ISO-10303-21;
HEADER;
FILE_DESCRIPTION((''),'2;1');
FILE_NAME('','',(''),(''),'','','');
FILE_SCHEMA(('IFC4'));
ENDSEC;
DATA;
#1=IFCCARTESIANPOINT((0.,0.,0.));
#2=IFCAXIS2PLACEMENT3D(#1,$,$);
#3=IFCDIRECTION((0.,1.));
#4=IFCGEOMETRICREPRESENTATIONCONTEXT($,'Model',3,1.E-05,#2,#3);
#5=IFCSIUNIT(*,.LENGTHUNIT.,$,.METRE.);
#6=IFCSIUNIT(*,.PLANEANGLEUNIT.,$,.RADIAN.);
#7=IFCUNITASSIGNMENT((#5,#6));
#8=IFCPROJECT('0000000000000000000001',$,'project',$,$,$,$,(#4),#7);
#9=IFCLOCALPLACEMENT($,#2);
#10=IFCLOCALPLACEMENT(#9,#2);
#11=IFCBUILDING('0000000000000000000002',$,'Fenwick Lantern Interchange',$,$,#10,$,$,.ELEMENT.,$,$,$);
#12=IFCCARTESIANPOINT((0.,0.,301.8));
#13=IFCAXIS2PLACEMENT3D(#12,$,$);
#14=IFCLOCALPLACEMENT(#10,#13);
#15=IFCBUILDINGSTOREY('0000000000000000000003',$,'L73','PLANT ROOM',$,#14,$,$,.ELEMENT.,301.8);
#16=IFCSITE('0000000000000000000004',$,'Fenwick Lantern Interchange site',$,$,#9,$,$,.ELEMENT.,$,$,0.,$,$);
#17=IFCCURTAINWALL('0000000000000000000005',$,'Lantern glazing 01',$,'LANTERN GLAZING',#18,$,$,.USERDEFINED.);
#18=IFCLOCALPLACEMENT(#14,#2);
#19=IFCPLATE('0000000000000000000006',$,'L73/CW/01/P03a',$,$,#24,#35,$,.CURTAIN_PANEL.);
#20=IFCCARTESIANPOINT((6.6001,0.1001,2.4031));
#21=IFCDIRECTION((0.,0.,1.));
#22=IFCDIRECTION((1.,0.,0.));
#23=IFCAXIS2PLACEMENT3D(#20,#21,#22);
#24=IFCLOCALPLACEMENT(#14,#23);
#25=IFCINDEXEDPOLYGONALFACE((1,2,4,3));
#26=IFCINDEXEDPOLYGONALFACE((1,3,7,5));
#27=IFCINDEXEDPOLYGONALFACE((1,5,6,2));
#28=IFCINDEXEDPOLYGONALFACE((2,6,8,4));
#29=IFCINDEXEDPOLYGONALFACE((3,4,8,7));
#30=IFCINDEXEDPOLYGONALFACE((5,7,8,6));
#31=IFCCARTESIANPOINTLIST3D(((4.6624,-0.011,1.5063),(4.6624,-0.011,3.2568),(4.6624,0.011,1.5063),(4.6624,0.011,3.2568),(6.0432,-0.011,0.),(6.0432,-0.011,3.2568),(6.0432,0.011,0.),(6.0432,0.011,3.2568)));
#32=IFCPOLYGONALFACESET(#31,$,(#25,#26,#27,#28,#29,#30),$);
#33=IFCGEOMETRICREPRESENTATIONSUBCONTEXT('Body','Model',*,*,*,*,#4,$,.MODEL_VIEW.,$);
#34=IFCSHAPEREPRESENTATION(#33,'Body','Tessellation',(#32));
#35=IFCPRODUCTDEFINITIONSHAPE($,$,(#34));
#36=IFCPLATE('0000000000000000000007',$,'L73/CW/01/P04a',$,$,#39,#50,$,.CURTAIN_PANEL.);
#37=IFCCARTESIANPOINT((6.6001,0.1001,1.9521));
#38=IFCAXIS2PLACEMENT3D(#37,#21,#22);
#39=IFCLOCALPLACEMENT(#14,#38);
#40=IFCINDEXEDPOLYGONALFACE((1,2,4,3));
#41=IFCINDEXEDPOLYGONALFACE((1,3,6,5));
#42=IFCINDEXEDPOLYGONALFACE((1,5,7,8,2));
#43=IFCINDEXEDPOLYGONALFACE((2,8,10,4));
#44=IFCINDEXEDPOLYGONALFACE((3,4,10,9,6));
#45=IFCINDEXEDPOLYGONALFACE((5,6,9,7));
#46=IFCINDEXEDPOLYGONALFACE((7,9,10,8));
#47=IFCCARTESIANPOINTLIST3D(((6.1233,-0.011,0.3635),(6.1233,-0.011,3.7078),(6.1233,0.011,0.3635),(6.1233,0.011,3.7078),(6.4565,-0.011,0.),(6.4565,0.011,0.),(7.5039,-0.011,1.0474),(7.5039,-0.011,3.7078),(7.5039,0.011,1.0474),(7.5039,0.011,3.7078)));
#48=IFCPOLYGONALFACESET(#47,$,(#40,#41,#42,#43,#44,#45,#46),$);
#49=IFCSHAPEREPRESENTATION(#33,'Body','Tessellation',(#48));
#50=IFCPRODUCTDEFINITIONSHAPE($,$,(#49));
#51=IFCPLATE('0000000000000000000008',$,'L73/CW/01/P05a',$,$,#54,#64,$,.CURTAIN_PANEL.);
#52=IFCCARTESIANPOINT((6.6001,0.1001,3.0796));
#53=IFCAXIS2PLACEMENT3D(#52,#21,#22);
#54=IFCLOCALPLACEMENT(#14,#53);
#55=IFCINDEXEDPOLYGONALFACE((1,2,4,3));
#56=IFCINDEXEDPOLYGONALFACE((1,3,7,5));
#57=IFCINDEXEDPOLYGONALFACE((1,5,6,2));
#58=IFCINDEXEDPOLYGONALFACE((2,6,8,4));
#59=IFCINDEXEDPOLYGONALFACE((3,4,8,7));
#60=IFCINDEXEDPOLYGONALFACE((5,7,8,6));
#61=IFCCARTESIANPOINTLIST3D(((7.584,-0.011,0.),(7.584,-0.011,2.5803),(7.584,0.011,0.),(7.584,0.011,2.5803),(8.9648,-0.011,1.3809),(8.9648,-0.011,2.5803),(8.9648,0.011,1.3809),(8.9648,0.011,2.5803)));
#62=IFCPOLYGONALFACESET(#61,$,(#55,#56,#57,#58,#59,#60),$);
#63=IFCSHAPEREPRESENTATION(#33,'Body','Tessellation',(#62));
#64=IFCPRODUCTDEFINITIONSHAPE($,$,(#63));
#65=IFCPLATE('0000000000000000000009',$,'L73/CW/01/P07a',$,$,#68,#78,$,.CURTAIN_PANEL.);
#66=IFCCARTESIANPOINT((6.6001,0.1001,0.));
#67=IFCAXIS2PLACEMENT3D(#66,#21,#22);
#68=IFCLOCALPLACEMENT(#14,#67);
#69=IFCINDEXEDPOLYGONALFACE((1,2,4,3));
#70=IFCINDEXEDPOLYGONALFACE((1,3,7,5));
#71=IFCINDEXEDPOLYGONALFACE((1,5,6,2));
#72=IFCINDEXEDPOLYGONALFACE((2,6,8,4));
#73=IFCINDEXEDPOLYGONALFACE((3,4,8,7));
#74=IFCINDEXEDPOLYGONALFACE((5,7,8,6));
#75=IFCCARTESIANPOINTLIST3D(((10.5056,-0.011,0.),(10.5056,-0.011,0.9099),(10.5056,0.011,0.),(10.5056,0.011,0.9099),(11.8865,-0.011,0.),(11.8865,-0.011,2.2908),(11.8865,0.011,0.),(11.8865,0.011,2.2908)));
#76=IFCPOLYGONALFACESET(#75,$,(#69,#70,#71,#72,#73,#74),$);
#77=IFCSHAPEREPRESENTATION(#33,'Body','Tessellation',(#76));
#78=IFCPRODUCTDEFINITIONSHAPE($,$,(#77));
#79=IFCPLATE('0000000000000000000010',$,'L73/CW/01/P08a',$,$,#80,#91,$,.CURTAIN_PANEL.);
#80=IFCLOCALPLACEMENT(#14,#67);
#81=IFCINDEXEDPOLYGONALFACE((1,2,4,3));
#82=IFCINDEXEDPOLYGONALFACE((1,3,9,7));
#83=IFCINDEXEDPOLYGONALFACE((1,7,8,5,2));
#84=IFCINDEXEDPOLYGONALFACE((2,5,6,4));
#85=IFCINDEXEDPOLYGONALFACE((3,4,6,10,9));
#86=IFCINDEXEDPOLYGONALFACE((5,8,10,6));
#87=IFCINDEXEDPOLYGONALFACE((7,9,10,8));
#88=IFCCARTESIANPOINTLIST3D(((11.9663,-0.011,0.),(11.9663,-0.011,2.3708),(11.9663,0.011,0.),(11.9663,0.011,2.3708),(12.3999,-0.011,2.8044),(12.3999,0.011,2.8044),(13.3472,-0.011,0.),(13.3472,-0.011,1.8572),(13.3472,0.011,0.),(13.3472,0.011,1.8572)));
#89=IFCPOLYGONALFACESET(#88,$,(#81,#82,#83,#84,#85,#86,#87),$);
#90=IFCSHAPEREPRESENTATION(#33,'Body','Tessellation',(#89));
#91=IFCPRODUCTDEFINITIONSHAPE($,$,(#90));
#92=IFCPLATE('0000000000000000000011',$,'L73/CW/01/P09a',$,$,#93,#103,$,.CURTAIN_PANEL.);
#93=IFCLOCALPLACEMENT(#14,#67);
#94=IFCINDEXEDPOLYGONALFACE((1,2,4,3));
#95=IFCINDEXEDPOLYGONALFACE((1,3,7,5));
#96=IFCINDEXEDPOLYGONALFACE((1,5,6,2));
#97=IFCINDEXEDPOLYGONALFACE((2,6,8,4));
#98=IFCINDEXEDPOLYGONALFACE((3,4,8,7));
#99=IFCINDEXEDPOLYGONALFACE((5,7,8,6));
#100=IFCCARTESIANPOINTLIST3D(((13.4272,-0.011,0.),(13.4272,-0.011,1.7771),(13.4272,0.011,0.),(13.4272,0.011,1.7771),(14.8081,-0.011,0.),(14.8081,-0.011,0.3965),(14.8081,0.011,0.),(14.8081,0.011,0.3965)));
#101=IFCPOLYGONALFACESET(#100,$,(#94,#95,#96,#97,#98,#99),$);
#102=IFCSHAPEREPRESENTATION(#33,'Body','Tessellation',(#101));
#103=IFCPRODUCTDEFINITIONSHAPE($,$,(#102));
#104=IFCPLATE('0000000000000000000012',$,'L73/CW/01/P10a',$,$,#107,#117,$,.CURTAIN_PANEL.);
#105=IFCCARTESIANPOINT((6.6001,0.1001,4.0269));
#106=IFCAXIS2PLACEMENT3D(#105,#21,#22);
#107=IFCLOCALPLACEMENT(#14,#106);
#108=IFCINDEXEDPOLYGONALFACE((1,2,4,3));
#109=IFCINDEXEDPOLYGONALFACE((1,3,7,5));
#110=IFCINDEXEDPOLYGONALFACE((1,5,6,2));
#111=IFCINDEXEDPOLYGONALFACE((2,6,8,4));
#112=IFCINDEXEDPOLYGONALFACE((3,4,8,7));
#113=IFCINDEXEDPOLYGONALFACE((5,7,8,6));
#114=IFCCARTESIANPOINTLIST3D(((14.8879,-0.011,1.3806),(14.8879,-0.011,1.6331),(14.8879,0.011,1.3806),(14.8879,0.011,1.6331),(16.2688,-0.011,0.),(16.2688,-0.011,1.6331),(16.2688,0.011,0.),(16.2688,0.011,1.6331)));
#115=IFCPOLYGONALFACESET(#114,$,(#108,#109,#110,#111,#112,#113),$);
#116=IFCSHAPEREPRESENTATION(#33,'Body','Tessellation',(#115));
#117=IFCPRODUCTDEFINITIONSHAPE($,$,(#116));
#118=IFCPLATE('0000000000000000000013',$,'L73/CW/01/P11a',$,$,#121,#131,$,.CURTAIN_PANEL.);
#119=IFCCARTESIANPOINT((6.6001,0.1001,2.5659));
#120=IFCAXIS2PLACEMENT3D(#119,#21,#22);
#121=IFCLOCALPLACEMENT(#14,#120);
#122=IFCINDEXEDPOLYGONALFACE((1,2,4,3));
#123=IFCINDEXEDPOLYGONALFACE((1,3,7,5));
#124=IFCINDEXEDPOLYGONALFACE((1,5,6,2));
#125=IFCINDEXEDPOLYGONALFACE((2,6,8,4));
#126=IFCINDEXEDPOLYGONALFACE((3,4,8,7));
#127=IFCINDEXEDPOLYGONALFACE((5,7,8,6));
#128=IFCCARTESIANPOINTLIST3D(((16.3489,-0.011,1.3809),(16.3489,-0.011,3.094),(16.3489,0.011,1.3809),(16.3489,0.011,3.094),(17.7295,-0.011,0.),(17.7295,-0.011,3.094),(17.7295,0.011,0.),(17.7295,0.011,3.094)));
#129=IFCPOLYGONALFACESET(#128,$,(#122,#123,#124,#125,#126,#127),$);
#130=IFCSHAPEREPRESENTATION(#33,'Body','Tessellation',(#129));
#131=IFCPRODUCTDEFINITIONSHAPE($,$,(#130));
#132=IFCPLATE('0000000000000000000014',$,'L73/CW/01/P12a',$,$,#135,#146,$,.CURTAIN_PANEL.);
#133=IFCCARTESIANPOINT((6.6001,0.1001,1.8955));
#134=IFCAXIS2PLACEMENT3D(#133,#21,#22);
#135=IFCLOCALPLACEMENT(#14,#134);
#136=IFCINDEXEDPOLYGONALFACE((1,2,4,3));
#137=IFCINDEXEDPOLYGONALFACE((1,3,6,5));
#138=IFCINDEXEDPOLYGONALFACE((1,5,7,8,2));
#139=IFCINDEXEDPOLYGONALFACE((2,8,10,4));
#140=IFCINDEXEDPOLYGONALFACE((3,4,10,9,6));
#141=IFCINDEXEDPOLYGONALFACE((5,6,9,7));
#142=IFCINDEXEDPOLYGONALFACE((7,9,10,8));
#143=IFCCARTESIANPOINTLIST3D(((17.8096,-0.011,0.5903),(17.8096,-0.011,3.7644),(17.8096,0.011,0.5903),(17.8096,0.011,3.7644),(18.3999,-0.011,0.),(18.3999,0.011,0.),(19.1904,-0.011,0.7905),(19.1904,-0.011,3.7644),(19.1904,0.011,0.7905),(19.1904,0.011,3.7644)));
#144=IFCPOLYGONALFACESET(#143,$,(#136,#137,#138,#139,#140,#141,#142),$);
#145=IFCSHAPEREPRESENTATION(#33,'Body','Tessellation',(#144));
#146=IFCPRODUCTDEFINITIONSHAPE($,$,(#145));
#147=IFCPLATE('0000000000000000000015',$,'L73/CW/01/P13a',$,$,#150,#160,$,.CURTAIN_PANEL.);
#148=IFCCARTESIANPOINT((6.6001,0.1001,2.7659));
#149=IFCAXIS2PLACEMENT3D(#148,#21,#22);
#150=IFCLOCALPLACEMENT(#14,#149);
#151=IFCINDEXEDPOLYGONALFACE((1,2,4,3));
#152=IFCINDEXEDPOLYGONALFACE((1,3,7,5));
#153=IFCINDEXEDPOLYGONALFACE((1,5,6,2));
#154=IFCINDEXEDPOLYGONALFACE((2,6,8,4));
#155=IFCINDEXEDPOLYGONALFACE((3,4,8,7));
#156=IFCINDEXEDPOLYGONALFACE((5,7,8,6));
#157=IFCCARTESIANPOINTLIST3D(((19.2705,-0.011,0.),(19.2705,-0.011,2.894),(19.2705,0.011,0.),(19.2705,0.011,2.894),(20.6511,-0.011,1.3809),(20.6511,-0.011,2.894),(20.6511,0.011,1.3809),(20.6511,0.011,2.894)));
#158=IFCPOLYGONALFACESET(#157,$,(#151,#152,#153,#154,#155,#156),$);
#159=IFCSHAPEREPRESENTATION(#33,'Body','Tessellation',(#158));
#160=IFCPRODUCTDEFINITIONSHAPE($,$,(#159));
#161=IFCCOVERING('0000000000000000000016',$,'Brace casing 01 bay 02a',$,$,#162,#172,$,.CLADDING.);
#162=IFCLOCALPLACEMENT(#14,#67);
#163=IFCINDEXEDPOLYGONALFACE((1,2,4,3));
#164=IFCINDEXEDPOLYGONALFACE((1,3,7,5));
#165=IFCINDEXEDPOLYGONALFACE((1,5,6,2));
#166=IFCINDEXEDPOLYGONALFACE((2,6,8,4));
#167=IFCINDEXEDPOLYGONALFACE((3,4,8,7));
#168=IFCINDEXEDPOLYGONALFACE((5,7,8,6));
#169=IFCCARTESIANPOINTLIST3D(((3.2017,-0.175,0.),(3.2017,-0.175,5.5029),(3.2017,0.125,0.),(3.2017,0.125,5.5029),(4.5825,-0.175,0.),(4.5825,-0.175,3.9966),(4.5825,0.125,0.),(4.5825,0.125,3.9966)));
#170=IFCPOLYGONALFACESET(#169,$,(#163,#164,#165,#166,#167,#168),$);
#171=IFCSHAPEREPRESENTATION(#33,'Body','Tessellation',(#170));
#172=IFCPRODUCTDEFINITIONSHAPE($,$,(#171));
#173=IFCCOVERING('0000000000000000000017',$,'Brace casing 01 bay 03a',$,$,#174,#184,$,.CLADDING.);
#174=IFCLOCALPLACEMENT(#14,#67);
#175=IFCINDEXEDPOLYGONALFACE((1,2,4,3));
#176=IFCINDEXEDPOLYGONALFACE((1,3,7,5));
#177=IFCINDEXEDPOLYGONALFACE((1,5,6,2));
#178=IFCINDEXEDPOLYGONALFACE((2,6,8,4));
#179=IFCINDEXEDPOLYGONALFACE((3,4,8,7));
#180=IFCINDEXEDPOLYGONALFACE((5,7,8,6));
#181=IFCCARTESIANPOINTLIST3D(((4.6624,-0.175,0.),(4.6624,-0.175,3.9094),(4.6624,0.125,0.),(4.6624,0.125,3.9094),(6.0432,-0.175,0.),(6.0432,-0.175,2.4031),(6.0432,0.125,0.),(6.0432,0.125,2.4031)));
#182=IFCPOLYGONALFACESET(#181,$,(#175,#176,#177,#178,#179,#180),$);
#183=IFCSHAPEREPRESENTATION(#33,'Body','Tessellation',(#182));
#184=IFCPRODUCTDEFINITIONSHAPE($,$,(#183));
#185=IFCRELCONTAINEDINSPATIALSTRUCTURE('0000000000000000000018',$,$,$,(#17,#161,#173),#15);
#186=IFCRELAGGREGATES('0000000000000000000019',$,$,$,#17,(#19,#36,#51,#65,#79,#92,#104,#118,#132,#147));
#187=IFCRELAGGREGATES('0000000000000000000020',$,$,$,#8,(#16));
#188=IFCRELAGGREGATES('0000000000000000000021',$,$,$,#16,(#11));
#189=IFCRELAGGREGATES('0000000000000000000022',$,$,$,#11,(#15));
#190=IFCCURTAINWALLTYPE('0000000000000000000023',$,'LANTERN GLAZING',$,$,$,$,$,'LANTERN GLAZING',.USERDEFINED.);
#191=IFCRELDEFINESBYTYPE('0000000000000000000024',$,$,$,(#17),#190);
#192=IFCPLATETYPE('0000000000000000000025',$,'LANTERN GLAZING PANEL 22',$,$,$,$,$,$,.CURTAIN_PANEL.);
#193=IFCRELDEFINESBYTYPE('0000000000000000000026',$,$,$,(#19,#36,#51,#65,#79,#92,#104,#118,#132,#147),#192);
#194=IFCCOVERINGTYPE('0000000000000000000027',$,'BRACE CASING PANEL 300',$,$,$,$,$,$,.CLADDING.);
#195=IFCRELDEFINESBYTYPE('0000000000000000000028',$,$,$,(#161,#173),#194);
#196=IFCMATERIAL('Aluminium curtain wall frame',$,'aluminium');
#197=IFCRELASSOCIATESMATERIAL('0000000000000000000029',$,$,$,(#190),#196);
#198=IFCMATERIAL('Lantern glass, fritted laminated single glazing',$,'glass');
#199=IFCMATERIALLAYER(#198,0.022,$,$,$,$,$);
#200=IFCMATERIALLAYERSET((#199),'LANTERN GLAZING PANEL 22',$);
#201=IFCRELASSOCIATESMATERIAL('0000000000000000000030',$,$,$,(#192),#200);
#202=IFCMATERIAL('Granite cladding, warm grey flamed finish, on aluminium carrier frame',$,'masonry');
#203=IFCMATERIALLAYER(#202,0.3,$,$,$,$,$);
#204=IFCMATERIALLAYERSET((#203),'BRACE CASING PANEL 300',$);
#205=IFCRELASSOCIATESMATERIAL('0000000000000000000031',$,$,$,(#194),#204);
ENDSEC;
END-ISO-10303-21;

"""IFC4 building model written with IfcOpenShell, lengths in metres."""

from ifc_helpers import new_model, si_unit, direction, frame, origin, place, context, subcontext, project, spatial, polyline, outline, extrude, material, layer, layer_set, type_object, element, aggregate, save


model = new_model("IFC4")

# Units and contexts
model_context = context("Model", 3, precision=1e-05, world=origin(), true_north=direction((0.0, 1.0)))
body_context = subcontext(model_context, "Body", "Model", "MODEL_VIEW")
ifc_project = project(units=[si_unit("LENGTHUNIT", "METRE"), si_unit("PLANEANGLEUNIT", "RADIAN")], contexts=[model_context])

# Site, building, storey
site_placement = place(None, origin())
site = spatial("IfcSite", under=ifc_project, at=site_placement, Name="Fenwick Lantern Interchange site", CompositionType="ELEMENT", RefElevation=0.0)
building_placement = place(site_placement, origin())
building = spatial("IfcBuilding", under=site, at=building_placement, Name="Fenwick Lantern Interchange", CompositionType="ELEMENT")
storey_placement = place(building_placement, frame((0.0, 0.0, 301.8)))
storey = spatial("IfcBuildingStorey", under=building, at=storey_placement, Name="L73", Description="PLANT ROOM", CompositionType="ELEMENT", Elevation=301.8)

# Curtain wall, plates
ifc_material_1 = material(Name="Aluminium curtain wall frame", Category="aluminium")
curtain_wall_type = type_object("IfcCurtainWallType", Name="LANTERN GLAZING", ElementType="LANTERN GLAZING", PredefinedType="USERDEFINED", material=ifc_material_1)
curtain_wall_placement = place(storey_placement, origin())
curtain_wall = element("IfcCurtainWall", 1, at=curtain_wall_placement, inside=storey, type_object=curtain_wall_type, Name="Lantern glazing 01", ObjectType="LANTERN GLAZING", PredefinedType="USERDEFINED")
ifc_material_2 = material(Name="Lantern glass, fritted laminated single glazing", Category="glass")
ifc_layer_1 = layer(ifc_material_2, 0.022)
ifc_layer_set_1 = layer_set([ifc_layer_1], Name="LANTERN GLAZING PANEL 22")
plate_type = type_object("IfcPlateType", Name="LANTERN GLAZING PANEL 22", PredefinedType="CURTAIN_PANEL", material=ifc_layer_set_1)
plate_1_placement = place(storey_placement, frame((6.6001, 0.1001, 2.4031), z_axis=(0.0, 0.0, 1.0), x_axis=(1.0, 0.0, 0.0)))
plate_1 = element("IfcPlate", 2, at=plate_1_placement, type_object=plate_type, Name="L73/CW/01/P03a", PredefinedType="CURTAIN_PANEL", context=body_context, shape_type="SweptSolid", body=[
    extrude(outline(polyline([(6.0432, 0.0), (6.0432, 3.2568), (4.6624, 3.2568), (4.6624, 1.5063), (6.0432, 0.0)])), frame((0.0, 0.011, 0.0), z_axis=(0.0, -1.0, 0.0), x_axis=(1.0, 0.0, 0.0)), (0.0, 0.0, 1.0), 0.022),
])
plate_2_placement = place(storey_placement, frame((6.6001, 0.1001, 1.9521), z_axis=(0.0, 0.0, 1.0), x_axis=(1.0, 0.0, 0.0)))
plate_2 = element("IfcPlate", 3, at=plate_2_placement, type_object=plate_type, Name="L73/CW/01/P04a", PredefinedType="CURTAIN_PANEL", context=body_context, shape_type="SweptSolid", body=[
    extrude(outline(polyline([(6.4565, 0.0), (7.5039, 1.0474), (7.5039, 3.7078), (6.1233, 3.7078), (6.1233, 0.3635), (6.4565, 0.0)])), frame((0.0, 0.011, 0.0), z_axis=(0.0, -1.0, 0.0), x_axis=(1.0, 0.0, 0.0)), (0.0, 0.0, 1.0), 0.022),
])
plate_3_placement = place(storey_placement, frame((6.6001, 0.1001, 3.0796), z_axis=(0.0, 0.0, 1.0), x_axis=(1.0, 0.0, 0.0)))
plate_3 = element("IfcPlate", 4, at=plate_3_placement, type_object=plate_type, Name="L73/CW/01/P05a", PredefinedType="CURTAIN_PANEL", context=body_context, shape_type="SweptSolid", body=[
    extrude(outline(polyline([(7.584, 0.0), (8.9648, 1.3809), (8.9648, 2.5803), (7.584, 2.5803), (7.584, 0.0)])), frame((0.0, 0.011, 0.0), z_axis=(0.0, -1.0, 0.0), x_axis=(1.0, 0.0, 0.0)), (0.0, 0.0, 1.0), 0.022),
])
plate_4_placement = place(storey_placement, frame((6.6001, 0.1001, 0.0), z_axis=(0.0, 0.0, 1.0), x_axis=(1.0, 0.0, 0.0)))
plate_4 = element("IfcPlate", 5, at=plate_4_placement, type_object=plate_type, Name="L73/CW/01/P07a", PredefinedType="CURTAIN_PANEL", context=body_context, shape_type="SweptSolid", body=[
    extrude(outline(polyline([(10.5056, 0.0), (11.8865, 0.0), (11.8865, 2.2908), (10.5056, 0.9099), (10.5056, 0.0)])), frame((0.0, 0.011, 0.0), z_axis=(0.0, -1.0, 0.0), x_axis=(1.0, 0.0, 0.0)), (0.0, 0.0, 1.0), 0.022),
])
plate_5_placement = place(storey_placement, frame((6.6001, 0.1001, 0.0), z_axis=(0.0, 0.0, 1.0), x_axis=(1.0, 0.0, 0.0)))
plate_5 = element("IfcPlate", 6, at=plate_5_placement, type_object=plate_type, Name="L73/CW/01/P08a", PredefinedType="CURTAIN_PANEL", context=body_context, shape_type="SweptSolid", body=[
    extrude(outline(polyline([(11.9663, 0.0), (13.3472, 0.0), (13.3472, 1.8572), (12.3999, 2.8044), (11.9663, 2.3708), (11.9663, 0.0)])), frame((0.0, 0.011, 0.0), z_axis=(0.0, -1.0, 0.0), x_axis=(1.0, 0.0, 0.0)), (0.0, 0.0, 1.0), 0.022),
])
plate_6_placement = place(storey_placement, frame((6.6001, 0.1001, 0.0), z_axis=(0.0, 0.0, 1.0), x_axis=(1.0, 0.0, 0.0)))
plate_6 = element("IfcPlate", 7, at=plate_6_placement, type_object=plate_type, Name="L73/CW/01/P09a", PredefinedType="CURTAIN_PANEL", context=body_context, shape_type="SweptSolid", body=[
    extrude(outline(polyline([(13.4272, 0.0), (14.8081, 0.0), (14.8081, 0.3965), (13.4272, 1.7771), (13.4272, 0.0)])), frame((0.0, 0.011, 0.0), z_axis=(0.0, -1.0, 0.0), x_axis=(1.0, 0.0, 0.0)), (0.0, 0.0, 1.0), 0.022),
])
plate_7_placement = place(storey_placement, frame((6.6001, 0.1001, 4.0269), z_axis=(0.0, 0.0, 1.0), x_axis=(1.0, 0.0, 0.0)))
plate_7 = element("IfcPlate", 8, at=plate_7_placement, type_object=plate_type, Name="L73/CW/01/P10a", PredefinedType="CURTAIN_PANEL", context=body_context, shape_type="SweptSolid", body=[
    extrude(outline(polyline([(16.2688, 0.0), (16.2688, 1.6331), (14.8879, 1.6331), (14.8879, 1.3806), (16.2688, 0.0)])), frame((0.0, 0.011, 0.0), z_axis=(0.0, -1.0, 0.0), x_axis=(1.0, 0.0, 0.0)), (0.0, 0.0, 1.0), 0.022),
])
plate_8_placement = place(storey_placement, frame((6.6001, 0.1001, 2.5659), z_axis=(0.0, 0.0, 1.0), x_axis=(1.0, 0.0, 0.0)))
plate_8 = element("IfcPlate", 9, at=plate_8_placement, type_object=plate_type, Name="L73/CW/01/P11a", PredefinedType="CURTAIN_PANEL", context=body_context, shape_type="SweptSolid", body=[
    extrude(outline(polyline([(17.7295, 0.0), (17.7295, 3.094), (16.3489, 3.094), (16.3489, 1.3809), (17.7295, 0.0)])), frame((0.0, 0.011, 0.0), z_axis=(0.0, -1.0, 0.0), x_axis=(1.0, 0.0, 0.0)), (0.0, 0.0, 1.0), 0.022),
])
plate_9_placement = place(storey_placement, frame((6.6001, 0.1001, 1.8955), z_axis=(0.0, 0.0, 1.0), x_axis=(1.0, 0.0, 0.0)))
plate_9 = element("IfcPlate", 10, at=plate_9_placement, type_object=plate_type, Name="L73/CW/01/P12a", PredefinedType="CURTAIN_PANEL", context=body_context, shape_type="SweptSolid", body=[
    extrude(outline(polyline([(18.3999, 0.0), (19.1904, 0.7905), (19.1904, 3.7644), (17.8096, 3.7644), (17.8096, 0.5903), (18.3999, 0.0)])), frame((0.0, 0.011, 0.0), z_axis=(0.0, -1.0, 0.0), x_axis=(1.0, 0.0, 0.0)), (0.0, 0.0, 1.0), 0.022),
])
plate_10_placement = place(storey_placement, frame((6.6001, 0.1001, 2.7659), z_axis=(0.0, 0.0, 1.0), x_axis=(1.0, 0.0, 0.0)))
plate_10 = element("IfcPlate", 11, at=plate_10_placement, type_object=plate_type, Name="L73/CW/01/P13a", PredefinedType="CURTAIN_PANEL", context=body_context, shape_type="SweptSolid", body=[
    extrude(outline(polyline([(19.2705, 0.0), (20.6511, 1.3809), (20.6511, 2.894), (19.2705, 2.894), (19.2705, 0.0)])), frame((0.0, 0.011, 0.0), z_axis=(0.0, -1.0, 0.0), x_axis=(1.0, 0.0, 0.0)), (0.0, 0.0, 1.0), 0.022),
])
aggregate(curtain_wall, [plate_1, plate_2, plate_3, plate_4, plate_5, plate_6, plate_7, plate_8, plate_9, plate_10])

# Coverings
ifc_material_3 = material(Name="Granite cladding, warm grey flamed finish, on aluminium carrier frame", Category="masonry")
ifc_layer_2 = layer(ifc_material_3, 0.3)
ifc_layer_set_2 = layer_set([ifc_layer_2], Name="BRACE CASING PANEL 300")
covering_type = type_object("IfcCoveringType", Name="BRACE CASING PANEL 300", PredefinedType="CLADDING", material=ifc_layer_set_2)
covering_1_placement = place(storey_placement, frame((6.6001, 0.1001, 0.0), z_axis=(0.0, 0.0, 1.0), x_axis=(1.0, 0.0, 0.0)))
element("IfcCovering", 12, at=covering_1_placement, inside=storey, type_object=covering_type, Name="Brace casing 01 bay 02a", PredefinedType="CLADDING", context=body_context, shape_type="SweptSolid", body=[
    extrude(outline(polyline([(3.2017, 0.0), (4.5825, 0.0), (4.5825, 3.9966), (3.2017, 5.5029), (3.2017, 0.0)])), frame((0.0, 0.125, 0.0), z_axis=(0.0, -1.0, 0.0), x_axis=(1.0, 0.0, 0.0)), (0.0, 0.0, 1.0), 0.3),
])
covering_2_placement = place(storey_placement, frame((6.6001, 0.1001, 0.0), z_axis=(0.0, 0.0, 1.0), x_axis=(1.0, 0.0, 0.0)))
element("IfcCovering", 13, at=covering_2_placement, inside=storey, type_object=covering_type, Name="Brace casing 01 bay 03a", PredefinedType="CLADDING", context=body_context, shape_type="SweptSolid", body=[
    extrude(outline(polyline([(4.6624, 0.0), (6.0432, 0.0), (6.0432, 2.4031), (4.6624, 3.9094), (4.6624, 0.0)])), frame((0.0, 0.125, 0.0), z_axis=(0.0, -1.0, 0.0), x_axis=(1.0, 0.0, 0.0)), (0.0, 0.0, 1.0), 0.3),
])

save(model, "model.ifc")
